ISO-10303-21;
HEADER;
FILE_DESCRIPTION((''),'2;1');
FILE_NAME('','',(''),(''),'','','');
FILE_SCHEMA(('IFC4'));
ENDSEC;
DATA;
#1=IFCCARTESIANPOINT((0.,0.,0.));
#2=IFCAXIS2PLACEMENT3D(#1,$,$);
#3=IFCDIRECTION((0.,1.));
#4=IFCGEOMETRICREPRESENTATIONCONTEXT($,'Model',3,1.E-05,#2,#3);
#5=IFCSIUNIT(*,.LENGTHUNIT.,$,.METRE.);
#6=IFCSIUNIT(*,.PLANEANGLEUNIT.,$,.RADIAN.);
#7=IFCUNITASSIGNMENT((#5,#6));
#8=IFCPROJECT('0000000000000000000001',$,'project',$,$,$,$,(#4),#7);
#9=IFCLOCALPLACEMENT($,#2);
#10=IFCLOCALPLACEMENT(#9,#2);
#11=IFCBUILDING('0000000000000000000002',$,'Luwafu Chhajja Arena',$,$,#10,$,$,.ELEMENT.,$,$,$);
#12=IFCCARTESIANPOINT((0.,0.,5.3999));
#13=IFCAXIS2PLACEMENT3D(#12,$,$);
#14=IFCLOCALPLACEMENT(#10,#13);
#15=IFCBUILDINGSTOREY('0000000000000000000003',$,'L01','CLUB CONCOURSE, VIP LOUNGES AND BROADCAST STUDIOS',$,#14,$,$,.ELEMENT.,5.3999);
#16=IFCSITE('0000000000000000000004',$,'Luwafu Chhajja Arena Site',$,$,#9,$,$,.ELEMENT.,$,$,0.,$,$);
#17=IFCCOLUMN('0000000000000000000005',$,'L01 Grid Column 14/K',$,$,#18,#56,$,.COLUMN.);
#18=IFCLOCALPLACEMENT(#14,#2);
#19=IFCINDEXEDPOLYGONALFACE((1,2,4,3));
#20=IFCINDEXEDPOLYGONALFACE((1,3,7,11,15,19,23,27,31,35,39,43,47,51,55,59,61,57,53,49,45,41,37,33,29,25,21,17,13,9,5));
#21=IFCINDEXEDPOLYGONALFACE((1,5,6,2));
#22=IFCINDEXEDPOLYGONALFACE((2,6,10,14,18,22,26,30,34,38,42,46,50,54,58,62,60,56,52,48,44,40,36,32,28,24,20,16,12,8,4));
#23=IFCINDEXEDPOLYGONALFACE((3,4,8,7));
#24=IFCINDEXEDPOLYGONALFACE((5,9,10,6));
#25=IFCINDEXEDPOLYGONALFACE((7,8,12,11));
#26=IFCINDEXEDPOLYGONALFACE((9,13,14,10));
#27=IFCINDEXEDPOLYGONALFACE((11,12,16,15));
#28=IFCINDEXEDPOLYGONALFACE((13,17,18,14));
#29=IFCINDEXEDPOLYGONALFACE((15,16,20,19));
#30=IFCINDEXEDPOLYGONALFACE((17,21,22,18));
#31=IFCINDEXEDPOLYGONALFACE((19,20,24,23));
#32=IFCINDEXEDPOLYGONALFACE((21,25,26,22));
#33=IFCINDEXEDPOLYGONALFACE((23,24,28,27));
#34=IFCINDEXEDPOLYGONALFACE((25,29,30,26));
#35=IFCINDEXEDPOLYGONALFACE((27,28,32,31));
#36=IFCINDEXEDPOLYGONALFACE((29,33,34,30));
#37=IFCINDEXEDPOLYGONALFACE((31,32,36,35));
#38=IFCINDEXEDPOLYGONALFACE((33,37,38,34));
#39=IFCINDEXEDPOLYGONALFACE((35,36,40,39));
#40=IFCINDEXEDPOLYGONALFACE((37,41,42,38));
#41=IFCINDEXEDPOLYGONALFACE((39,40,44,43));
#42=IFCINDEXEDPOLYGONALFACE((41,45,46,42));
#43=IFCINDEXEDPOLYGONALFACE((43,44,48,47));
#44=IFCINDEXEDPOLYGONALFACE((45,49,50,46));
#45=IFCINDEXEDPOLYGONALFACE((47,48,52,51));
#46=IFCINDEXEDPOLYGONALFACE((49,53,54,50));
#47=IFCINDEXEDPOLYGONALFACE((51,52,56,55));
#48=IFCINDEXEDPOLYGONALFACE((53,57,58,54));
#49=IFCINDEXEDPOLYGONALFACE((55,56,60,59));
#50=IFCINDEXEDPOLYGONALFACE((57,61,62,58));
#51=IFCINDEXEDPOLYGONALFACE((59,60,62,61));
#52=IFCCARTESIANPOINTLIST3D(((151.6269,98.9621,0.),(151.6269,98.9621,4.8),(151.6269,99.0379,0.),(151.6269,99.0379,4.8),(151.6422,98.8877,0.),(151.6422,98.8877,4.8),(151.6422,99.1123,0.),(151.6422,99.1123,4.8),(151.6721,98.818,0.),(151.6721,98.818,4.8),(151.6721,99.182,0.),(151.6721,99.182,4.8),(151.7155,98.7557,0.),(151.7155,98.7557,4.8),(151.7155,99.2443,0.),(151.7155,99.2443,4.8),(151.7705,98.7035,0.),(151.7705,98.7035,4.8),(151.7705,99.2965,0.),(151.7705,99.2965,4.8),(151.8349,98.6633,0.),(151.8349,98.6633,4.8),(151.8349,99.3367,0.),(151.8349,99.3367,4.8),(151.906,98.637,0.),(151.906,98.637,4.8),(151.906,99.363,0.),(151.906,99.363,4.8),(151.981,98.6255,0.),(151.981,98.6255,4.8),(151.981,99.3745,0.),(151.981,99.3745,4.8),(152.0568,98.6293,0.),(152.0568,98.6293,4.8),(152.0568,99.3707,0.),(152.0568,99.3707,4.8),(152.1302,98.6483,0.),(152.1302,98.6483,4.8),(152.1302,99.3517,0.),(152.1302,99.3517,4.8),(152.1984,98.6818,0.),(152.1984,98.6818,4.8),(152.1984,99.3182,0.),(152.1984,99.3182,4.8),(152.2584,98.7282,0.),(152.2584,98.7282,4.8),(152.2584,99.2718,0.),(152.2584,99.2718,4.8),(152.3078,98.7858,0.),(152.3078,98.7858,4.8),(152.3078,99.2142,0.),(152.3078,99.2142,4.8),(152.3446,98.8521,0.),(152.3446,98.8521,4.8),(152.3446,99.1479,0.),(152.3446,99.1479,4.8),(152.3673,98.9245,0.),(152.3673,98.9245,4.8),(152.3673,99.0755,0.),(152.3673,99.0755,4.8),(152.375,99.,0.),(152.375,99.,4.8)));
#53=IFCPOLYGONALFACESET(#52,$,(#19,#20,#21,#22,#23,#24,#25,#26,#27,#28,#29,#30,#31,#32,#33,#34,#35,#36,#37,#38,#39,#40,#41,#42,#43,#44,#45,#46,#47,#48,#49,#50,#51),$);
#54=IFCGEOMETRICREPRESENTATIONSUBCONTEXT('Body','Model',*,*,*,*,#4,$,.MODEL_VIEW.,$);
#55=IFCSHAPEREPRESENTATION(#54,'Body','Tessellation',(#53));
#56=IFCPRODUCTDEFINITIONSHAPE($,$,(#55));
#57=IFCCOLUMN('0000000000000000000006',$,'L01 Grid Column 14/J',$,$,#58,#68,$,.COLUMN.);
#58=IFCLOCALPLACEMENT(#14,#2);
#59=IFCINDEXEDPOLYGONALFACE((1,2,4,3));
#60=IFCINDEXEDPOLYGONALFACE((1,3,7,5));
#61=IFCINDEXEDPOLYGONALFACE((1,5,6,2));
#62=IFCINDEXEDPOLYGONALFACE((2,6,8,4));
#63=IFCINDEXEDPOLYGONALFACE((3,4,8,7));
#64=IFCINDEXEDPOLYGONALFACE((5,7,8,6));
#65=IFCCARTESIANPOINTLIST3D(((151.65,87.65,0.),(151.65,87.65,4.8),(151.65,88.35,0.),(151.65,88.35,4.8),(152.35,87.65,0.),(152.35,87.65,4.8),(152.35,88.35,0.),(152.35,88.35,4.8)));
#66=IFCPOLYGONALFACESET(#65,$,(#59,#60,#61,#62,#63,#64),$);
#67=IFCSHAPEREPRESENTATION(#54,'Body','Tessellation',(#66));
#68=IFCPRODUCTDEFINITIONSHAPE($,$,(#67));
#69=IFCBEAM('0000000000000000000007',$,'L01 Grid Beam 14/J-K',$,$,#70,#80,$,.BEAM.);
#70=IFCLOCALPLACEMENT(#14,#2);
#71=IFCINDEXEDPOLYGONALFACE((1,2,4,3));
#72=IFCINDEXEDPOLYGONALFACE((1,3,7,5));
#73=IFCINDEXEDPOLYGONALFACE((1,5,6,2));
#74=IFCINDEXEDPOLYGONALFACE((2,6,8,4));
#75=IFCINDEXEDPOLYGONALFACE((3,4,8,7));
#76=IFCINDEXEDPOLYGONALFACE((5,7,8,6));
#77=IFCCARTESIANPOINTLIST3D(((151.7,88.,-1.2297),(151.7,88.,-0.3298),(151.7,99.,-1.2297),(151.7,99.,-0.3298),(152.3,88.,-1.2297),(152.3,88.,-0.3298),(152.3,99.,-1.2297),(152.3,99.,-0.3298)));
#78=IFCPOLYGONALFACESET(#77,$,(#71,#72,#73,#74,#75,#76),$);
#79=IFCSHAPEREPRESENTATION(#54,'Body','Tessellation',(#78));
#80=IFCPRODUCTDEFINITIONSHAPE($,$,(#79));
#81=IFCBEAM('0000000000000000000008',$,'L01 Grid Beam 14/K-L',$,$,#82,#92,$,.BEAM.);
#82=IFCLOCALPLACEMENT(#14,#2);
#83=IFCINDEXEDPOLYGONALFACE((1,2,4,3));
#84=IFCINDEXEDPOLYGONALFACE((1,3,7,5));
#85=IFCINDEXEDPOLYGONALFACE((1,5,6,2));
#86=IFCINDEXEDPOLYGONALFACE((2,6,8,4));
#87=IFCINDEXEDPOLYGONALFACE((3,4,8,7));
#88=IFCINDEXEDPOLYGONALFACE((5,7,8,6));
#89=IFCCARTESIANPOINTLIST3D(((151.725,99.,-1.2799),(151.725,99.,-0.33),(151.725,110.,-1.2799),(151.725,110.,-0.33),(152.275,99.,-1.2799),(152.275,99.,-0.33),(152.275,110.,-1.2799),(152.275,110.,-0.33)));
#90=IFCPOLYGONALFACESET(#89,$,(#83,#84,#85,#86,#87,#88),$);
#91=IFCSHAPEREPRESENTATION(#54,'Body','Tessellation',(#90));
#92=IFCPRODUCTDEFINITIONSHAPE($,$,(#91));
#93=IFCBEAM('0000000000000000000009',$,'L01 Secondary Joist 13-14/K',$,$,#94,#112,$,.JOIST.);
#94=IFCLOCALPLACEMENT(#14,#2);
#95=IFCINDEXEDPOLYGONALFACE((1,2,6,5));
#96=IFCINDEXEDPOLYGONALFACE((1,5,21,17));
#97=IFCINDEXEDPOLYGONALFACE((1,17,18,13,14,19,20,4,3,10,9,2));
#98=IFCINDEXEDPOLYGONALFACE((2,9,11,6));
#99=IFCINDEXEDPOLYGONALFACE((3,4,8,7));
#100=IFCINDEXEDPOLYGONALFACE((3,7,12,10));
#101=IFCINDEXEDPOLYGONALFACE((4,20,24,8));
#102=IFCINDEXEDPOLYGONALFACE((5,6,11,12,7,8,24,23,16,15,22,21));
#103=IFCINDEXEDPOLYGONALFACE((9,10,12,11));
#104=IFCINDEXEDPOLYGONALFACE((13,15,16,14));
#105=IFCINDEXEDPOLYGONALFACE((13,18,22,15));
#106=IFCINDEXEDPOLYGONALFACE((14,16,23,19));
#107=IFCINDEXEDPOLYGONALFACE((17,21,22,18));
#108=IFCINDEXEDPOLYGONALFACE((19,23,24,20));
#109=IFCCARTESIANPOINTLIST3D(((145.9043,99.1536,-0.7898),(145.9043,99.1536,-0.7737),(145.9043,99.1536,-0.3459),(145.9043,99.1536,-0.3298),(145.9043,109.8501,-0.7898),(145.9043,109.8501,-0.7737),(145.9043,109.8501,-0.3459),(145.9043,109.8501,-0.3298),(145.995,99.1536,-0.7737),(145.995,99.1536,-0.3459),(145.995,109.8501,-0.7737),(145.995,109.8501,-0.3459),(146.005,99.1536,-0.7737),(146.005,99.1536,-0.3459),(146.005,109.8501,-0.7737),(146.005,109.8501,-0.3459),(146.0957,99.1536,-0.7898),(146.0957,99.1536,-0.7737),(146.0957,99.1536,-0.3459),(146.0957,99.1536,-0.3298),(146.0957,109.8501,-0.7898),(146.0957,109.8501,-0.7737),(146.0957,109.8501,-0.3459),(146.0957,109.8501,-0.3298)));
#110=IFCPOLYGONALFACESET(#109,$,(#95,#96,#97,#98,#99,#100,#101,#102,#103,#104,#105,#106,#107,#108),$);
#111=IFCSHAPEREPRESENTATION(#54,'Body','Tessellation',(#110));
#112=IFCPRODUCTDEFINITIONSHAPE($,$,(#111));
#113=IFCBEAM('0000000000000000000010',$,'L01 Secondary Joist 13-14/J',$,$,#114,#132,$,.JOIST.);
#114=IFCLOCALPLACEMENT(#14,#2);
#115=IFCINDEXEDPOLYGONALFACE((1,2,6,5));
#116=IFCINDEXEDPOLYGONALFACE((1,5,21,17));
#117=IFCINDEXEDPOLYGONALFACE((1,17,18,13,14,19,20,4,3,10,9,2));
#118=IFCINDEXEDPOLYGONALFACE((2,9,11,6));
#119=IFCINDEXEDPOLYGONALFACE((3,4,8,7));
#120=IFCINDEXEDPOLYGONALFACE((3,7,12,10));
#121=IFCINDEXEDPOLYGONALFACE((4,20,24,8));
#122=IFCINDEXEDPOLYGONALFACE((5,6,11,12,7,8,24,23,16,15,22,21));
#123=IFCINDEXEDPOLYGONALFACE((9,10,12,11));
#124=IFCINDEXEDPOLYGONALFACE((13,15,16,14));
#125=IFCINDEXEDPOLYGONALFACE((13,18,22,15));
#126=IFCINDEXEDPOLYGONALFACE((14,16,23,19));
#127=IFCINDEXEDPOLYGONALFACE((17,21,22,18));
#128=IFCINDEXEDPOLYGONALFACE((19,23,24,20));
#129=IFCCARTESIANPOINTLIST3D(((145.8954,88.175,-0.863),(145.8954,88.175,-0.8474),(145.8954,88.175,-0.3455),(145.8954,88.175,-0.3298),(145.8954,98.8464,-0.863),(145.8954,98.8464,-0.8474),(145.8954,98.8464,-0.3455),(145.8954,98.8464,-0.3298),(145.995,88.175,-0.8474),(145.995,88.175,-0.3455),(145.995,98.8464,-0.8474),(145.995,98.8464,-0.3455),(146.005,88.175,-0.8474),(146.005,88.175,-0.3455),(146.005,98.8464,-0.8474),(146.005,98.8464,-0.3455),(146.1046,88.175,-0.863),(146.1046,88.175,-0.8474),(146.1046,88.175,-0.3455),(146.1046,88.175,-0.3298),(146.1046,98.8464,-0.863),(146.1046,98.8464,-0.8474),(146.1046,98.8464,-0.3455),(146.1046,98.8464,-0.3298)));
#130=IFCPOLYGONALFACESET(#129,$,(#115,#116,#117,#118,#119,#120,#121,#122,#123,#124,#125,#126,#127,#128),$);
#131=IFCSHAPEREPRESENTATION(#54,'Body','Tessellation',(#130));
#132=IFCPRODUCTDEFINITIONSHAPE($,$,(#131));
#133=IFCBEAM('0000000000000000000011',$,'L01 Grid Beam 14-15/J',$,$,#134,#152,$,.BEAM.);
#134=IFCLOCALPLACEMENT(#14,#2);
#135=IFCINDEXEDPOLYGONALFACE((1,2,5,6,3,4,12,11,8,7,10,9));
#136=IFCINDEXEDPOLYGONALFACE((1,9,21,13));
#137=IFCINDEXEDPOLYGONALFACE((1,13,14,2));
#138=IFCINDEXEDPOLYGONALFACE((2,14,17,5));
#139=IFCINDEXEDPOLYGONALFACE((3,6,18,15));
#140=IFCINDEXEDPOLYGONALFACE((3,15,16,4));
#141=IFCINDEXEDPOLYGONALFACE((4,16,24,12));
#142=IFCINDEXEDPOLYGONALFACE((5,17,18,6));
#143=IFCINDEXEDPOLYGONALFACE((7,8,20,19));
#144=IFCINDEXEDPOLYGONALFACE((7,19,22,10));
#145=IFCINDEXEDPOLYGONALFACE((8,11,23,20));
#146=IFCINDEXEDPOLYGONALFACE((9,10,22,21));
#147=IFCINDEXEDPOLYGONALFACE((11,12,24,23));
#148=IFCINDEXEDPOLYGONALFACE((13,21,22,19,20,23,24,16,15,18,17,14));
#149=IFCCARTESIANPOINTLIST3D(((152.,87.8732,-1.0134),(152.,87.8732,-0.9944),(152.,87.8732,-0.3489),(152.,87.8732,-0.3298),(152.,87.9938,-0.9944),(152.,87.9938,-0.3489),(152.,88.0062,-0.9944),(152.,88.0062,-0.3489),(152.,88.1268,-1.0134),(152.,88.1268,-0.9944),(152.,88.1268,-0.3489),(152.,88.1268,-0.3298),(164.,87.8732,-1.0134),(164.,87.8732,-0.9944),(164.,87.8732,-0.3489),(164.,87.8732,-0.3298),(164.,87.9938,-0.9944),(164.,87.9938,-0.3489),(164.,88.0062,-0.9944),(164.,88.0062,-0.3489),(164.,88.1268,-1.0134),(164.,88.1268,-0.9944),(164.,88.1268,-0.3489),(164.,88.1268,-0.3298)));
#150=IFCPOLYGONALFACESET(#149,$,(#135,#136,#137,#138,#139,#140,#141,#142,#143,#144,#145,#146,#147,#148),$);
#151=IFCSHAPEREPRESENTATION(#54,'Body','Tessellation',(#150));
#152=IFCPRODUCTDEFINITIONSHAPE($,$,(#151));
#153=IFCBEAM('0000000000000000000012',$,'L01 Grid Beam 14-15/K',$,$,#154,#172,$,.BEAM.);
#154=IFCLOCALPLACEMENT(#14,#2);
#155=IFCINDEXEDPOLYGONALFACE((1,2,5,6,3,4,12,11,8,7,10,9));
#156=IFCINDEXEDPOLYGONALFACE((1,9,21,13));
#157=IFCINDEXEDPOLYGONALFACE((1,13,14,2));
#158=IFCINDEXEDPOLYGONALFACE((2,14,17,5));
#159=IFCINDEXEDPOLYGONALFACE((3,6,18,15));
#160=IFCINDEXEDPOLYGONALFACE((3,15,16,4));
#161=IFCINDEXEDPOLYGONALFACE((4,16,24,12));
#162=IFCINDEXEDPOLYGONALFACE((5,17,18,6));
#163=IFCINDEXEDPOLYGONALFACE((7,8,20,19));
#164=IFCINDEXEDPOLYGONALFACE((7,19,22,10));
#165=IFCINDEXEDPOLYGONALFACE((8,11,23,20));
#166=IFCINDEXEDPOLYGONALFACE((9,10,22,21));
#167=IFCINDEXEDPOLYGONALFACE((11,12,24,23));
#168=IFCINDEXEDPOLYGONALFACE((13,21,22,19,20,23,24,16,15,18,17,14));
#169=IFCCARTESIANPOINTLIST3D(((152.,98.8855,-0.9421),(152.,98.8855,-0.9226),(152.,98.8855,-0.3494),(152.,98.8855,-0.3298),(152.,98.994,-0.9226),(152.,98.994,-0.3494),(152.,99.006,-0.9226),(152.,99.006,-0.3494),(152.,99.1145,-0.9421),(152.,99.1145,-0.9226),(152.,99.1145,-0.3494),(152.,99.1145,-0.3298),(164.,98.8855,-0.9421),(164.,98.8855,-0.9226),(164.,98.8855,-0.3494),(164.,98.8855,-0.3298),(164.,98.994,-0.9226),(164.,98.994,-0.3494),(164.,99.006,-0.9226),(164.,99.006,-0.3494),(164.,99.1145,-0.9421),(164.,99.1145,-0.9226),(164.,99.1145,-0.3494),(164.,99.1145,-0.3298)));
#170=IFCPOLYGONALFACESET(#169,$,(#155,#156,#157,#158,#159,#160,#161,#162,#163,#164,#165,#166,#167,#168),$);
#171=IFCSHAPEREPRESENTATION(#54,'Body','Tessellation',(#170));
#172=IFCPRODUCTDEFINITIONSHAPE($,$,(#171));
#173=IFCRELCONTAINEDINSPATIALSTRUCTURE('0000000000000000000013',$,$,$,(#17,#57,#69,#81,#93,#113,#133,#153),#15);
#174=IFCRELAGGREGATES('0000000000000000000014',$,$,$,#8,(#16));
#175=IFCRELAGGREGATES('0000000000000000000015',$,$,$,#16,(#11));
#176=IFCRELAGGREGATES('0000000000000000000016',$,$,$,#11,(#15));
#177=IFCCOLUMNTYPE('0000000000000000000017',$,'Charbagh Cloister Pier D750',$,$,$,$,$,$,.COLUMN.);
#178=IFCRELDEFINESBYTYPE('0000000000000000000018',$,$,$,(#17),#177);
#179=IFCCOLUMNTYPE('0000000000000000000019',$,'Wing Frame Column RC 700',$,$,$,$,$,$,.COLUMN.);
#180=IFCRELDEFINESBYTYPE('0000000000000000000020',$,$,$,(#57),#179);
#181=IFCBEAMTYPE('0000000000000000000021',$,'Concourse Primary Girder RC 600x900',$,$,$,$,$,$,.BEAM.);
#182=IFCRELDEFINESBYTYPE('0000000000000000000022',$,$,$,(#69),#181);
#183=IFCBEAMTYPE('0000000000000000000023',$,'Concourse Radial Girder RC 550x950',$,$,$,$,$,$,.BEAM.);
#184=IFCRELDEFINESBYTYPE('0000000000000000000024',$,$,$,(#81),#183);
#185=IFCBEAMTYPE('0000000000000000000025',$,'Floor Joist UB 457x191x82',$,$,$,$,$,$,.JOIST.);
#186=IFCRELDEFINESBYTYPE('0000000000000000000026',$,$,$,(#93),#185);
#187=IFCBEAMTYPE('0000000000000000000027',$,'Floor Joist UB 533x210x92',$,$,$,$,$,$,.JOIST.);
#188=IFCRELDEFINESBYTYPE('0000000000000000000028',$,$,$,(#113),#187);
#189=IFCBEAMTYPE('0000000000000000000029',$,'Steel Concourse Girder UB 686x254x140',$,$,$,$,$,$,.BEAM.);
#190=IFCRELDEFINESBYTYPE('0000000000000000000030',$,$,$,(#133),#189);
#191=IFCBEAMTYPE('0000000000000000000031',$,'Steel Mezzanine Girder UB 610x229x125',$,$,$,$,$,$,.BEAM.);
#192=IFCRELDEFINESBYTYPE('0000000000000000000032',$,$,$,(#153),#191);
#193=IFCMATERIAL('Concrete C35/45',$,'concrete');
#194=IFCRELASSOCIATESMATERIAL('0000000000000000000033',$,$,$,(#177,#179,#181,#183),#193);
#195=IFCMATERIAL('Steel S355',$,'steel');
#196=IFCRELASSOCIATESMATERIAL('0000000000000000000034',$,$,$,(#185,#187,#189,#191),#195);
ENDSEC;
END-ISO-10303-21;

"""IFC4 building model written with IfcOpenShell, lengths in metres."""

from ifc_helpers import new_model, si_unit, direction, frame, origin, origin_2d, place, context, subcontext, project, spatial, rectangle, circle, i_section, extrude, material, material_profile, profile_set, type_object, element, save


model = new_model("IFC4")

# Units and contexts
model_context = context("Model", 3, precision=1e-05, world=origin(), true_north=direction((0.0, 1.0)))
body_context = subcontext(model_context, "Body", "Model", "MODEL_VIEW")
ifc_project = project(units=[si_unit("LENGTHUNIT", "METRE"), si_unit("PLANEANGLEUNIT", "RADIAN")], contexts=[model_context])

# Site, building, storey
site_placement = place(None, origin())
site = spatial("IfcSite", under=ifc_project, at=site_placement, Name="Luwafu Chhajja Arena Site", CompositionType="ELEMENT", RefElevation=0.0)
building_placement = place(site_placement, origin())
building = spatial("IfcBuilding", under=site, at=building_placement, Name="Luwafu Chhajja Arena", CompositionType="ELEMENT")
storey_placement = place(building_placement, frame((0.0, 0.0, 5.3999)))
storey = spatial("IfcBuildingStorey", under=building, at=storey_placement, Name="L01", Description="CLUB CONCOURSE, VIP LOUNGES AND BROADCAST STUDIOS", CompositionType="ELEMENT", Elevation=5.3999)

# Columns
ifc_material_1 = material(Name="Concrete C35/45", Category="concrete")
ifc_material_profile_1 = material_profile(ifc_material_1, circle(Radius=0.375, at=origin_2d()), Name="RC COL D750")
ifc_profile_set_1 = profile_set([ifc_material_profile_1], Name="Concrete C35/45")
column_type_1 = type_object("IfcColumnType", Name="Charbagh Cloister Pier D750", PredefinedType="COLUMN", material=ifc_profile_set_1)
column_1_placement = place(storey_placement, frame((152.0, 99.0, 0.0), z_axis=(0.0, 0.0, 1.0), x_axis=(1.0, 0.0, 0.0)))
element("IfcColumn", 1, at=column_1_placement, inside=storey, type_object=column_type_1, Name="L01 Grid Column 14/K", PredefinedType="COLUMN", context=body_context, shape_type="SweptSolid", body=[
    extrude(circle(Radius=0.375, at=origin_2d()), origin(), (0.0, 0.0, 1.0), 4.8),
])
ifc_material_profile_2 = material_profile(ifc_material_1, rectangle(XDim=0.7, YDim=0.7, at=origin_2d()), Name="RC 700x700")
ifc_profile_set_2 = profile_set([ifc_material_profile_2], Name="Concrete C35/45")
column_type_2 = type_object("IfcColumnType", Name="Wing Frame Column RC 700", PredefinedType="COLUMN", material=ifc_profile_set_2)
column_2_placement = place(storey_placement, frame((152.0, 88.0, 0.0), z_axis=(0.0, 0.0, 1.0), x_axis=(1.0, 0.0, 0.0)))
element("IfcColumn", 2, at=column_2_placement, inside=storey, type_object=column_type_2, Name="L01 Grid Column 14/J", PredefinedType="COLUMN", context=body_context, shape_type="SweptSolid", body=[
    extrude(rectangle(XDim=0.7, YDim=0.7, at=origin_2d()), origin(), (0.0, 0.0, 1.0), 4.8),
])

# Beams
ifc_material_profile_3 = material_profile(ifc_material_1, rectangle(XDim=0.6001, YDim=0.8999, at=origin_2d()), Name="RC 600x900")
ifc_profile_set_3 = profile_set([ifc_material_profile_3], Name="Concrete C35/45")
beam_type_1 = type_object("IfcBeamType", Name="Concourse Primary Girder RC 600x900", PredefinedType="BEAM", material=ifc_profile_set_3)
beam_1_placement = place(storey_placement, frame((152.0, 88.0, -0.7798), z_axis=(0.0, 1.0, 0.0), x_axis=(-1.0, 0.0, 0.0)))
element("IfcBeam", 3, at=beam_1_placement, inside=storey, type_object=beam_type_1, Name="L01 Grid Beam 14/J-K", PredefinedType="BEAM", context=body_context, shape_type="SweptSolid", body=[
    extrude(rectangle(XDim=0.6001, YDim=0.8999, at=origin_2d()), origin(), (0.0, 0.0, 1.0), 11.0),
])
ifc_material_profile_4 = material_profile(ifc_material_1, rectangle(XDim=0.55, YDim=0.95, at=origin_2d()), Name="RC 550x950")
ifc_profile_set_4 = profile_set([ifc_material_profile_4], Name="Concrete C35/45")
beam_type_2 = type_object("IfcBeamType", Name="Concourse Radial Girder RC 550x950", PredefinedType="BEAM", material=ifc_profile_set_4)
beam_2_placement = place(storey_placement, frame((152.0, 99.0, -0.8049), z_axis=(0.0, 1.0, 0.0), x_axis=(-1.0, 0.0, 0.0)))
element("IfcBeam", 4, at=beam_2_placement, inside=storey, type_object=beam_type_2, Name="L01 Grid Beam 14/K-L", PredefinedType="BEAM", context=body_context, shape_type="SweptSolid", body=[
    extrude(rectangle(XDim=0.55, YDim=0.95, at=origin_2d()), origin(), (0.0, 0.0, 1.0), 11.0),
])
ifc_material_2 = material(Name="Steel S355", Category="steel")
ifc_material_profile_5 = material_profile(ifc_material_2, i_section(OverallWidth=0.1914, OverallDepth=0.46, WebThickness=0.01, FlangeThickness=0.0161, at=origin_2d()), Name="UB 457x191x82")
ifc_profile_set_5 = profile_set([ifc_material_profile_5], Name="Steel S355")
beam_type_3 = type_object("IfcBeamType", Name="Floor Joist UB 457x191x82", PredefinedType="JOIST", material=ifc_profile_set_5)
beam_3_placement = place(storey_placement, frame((146.0, 99.1536, -0.5598), z_axis=(0.0, 1.0, 0.0), x_axis=(-1.0, 0.0, 0.0)))
element("IfcBeam", 5, at=beam_3_placement, inside=storey, type_object=beam_type_3, Name="L01 Secondary Joist 13-14/K", PredefinedType="JOIST", context=body_context, shape_type="SweptSolid", body=[
    extrude(i_section(OverallWidth=0.1914, OverallDepth=0.46, WebThickness=0.01, FlangeThickness=0.0161, at=origin_2d()), origin(), (0.0, 0.0, 1.0), 10.6965),
])
ifc_material_profile_6 = material_profile(ifc_material_2, i_section(OverallWidth=0.2092, OverallDepth=0.5332, WebThickness=0.01, FlangeThickness=0.0156, at=origin_2d()), Name="UB 533x210x92")
ifc_profile_set_6 = profile_set([ifc_material_profile_6], Name="Steel S355")
beam_type_4 = type_object("IfcBeamType", Name="Floor Joist UB 533x210x92", PredefinedType="JOIST", material=ifc_profile_set_6)
beam_4_placement = place(storey_placement, frame((146.0, 88.175, -0.5964), z_axis=(0.0, 1.0, 0.0), x_axis=(-1.0, 0.0, 0.0)))
element("IfcBeam", 6, at=beam_4_placement, inside=storey, type_object=beam_type_4, Name="L01 Secondary Joist 13-14/J", PredefinedType="JOIST", context=body_context, shape_type="SweptSolid", body=[
    extrude(i_section(OverallWidth=0.2092, OverallDepth=0.5332, WebThickness=0.01, FlangeThickness=0.0156, at=origin_2d()), origin(), (0.0, 0.0, 1.0), 10.6714),
])
ifc_material_profile_7 = material_profile(ifc_material_2, i_section(OverallWidth=0.2537, OverallDepth=0.6836, WebThickness=0.0125, FlangeThickness=0.019, at=origin_2d()), Name="UB 686x254x140")
ifc_profile_set_7 = profile_set([ifc_material_profile_7], Name="Steel S355")
beam_type_5 = type_object("IfcBeamType", Name="Steel Concourse Girder UB 686x254x140", PredefinedType="BEAM", material=ifc_profile_set_7)
beam_5_placement = place(storey_placement, frame((152.0, 88.0, -0.6716), z_axis=(1.0, 0.0, 0.0), x_axis=(0.0, 1.0, 0.0)))
element("IfcBeam", 7, at=beam_5_placement, inside=storey, type_object=beam_type_5, Name="L01 Grid Beam 14-15/J", PredefinedType="BEAM", context=body_context, shape_type="SweptSolid", body=[
    extrude(i_section(OverallWidth=0.2537, OverallDepth=0.6836, WebThickness=0.0125, FlangeThickness=0.019, at=origin_2d()), origin(), (0.0, 0.0, 1.0), 12.0),
])
ifc_material_profile_8 = material_profile(ifc_material_2, i_section(OverallWidth=0.229, OverallDepth=0.6123, WebThickness=0.012, FlangeThickness=0.0195, at=origin_2d()), Name="UB 610x229x125")
ifc_profile_set_8 = profile_set([ifc_material_profile_8], Name="Steel S355")
beam_type_6 = type_object("IfcBeamType", Name="Steel Mezzanine Girder UB 610x229x125", PredefinedType="BEAM", material=ifc_profile_set_8)
beam_6_placement = place(storey_placement, frame((152.0, 99.0, -0.636), z_axis=(1.0, 0.0, 0.0), x_axis=(0.0, 1.0, 0.0)))
element("IfcBeam", 8, at=beam_6_placement, inside=storey, type_object=beam_type_6, Name="L01 Grid Beam 14-15/K", PredefinedType="BEAM", context=body_context, shape_type="SweptSolid", body=[
    extrude(i_section(OverallWidth=0.229, OverallDepth=0.6123, WebThickness=0.012, FlangeThickness=0.0195, at=origin_2d()), origin(), (0.0, 0.0, 1.0), 12.0),
])

save(model, "model.ifc")
